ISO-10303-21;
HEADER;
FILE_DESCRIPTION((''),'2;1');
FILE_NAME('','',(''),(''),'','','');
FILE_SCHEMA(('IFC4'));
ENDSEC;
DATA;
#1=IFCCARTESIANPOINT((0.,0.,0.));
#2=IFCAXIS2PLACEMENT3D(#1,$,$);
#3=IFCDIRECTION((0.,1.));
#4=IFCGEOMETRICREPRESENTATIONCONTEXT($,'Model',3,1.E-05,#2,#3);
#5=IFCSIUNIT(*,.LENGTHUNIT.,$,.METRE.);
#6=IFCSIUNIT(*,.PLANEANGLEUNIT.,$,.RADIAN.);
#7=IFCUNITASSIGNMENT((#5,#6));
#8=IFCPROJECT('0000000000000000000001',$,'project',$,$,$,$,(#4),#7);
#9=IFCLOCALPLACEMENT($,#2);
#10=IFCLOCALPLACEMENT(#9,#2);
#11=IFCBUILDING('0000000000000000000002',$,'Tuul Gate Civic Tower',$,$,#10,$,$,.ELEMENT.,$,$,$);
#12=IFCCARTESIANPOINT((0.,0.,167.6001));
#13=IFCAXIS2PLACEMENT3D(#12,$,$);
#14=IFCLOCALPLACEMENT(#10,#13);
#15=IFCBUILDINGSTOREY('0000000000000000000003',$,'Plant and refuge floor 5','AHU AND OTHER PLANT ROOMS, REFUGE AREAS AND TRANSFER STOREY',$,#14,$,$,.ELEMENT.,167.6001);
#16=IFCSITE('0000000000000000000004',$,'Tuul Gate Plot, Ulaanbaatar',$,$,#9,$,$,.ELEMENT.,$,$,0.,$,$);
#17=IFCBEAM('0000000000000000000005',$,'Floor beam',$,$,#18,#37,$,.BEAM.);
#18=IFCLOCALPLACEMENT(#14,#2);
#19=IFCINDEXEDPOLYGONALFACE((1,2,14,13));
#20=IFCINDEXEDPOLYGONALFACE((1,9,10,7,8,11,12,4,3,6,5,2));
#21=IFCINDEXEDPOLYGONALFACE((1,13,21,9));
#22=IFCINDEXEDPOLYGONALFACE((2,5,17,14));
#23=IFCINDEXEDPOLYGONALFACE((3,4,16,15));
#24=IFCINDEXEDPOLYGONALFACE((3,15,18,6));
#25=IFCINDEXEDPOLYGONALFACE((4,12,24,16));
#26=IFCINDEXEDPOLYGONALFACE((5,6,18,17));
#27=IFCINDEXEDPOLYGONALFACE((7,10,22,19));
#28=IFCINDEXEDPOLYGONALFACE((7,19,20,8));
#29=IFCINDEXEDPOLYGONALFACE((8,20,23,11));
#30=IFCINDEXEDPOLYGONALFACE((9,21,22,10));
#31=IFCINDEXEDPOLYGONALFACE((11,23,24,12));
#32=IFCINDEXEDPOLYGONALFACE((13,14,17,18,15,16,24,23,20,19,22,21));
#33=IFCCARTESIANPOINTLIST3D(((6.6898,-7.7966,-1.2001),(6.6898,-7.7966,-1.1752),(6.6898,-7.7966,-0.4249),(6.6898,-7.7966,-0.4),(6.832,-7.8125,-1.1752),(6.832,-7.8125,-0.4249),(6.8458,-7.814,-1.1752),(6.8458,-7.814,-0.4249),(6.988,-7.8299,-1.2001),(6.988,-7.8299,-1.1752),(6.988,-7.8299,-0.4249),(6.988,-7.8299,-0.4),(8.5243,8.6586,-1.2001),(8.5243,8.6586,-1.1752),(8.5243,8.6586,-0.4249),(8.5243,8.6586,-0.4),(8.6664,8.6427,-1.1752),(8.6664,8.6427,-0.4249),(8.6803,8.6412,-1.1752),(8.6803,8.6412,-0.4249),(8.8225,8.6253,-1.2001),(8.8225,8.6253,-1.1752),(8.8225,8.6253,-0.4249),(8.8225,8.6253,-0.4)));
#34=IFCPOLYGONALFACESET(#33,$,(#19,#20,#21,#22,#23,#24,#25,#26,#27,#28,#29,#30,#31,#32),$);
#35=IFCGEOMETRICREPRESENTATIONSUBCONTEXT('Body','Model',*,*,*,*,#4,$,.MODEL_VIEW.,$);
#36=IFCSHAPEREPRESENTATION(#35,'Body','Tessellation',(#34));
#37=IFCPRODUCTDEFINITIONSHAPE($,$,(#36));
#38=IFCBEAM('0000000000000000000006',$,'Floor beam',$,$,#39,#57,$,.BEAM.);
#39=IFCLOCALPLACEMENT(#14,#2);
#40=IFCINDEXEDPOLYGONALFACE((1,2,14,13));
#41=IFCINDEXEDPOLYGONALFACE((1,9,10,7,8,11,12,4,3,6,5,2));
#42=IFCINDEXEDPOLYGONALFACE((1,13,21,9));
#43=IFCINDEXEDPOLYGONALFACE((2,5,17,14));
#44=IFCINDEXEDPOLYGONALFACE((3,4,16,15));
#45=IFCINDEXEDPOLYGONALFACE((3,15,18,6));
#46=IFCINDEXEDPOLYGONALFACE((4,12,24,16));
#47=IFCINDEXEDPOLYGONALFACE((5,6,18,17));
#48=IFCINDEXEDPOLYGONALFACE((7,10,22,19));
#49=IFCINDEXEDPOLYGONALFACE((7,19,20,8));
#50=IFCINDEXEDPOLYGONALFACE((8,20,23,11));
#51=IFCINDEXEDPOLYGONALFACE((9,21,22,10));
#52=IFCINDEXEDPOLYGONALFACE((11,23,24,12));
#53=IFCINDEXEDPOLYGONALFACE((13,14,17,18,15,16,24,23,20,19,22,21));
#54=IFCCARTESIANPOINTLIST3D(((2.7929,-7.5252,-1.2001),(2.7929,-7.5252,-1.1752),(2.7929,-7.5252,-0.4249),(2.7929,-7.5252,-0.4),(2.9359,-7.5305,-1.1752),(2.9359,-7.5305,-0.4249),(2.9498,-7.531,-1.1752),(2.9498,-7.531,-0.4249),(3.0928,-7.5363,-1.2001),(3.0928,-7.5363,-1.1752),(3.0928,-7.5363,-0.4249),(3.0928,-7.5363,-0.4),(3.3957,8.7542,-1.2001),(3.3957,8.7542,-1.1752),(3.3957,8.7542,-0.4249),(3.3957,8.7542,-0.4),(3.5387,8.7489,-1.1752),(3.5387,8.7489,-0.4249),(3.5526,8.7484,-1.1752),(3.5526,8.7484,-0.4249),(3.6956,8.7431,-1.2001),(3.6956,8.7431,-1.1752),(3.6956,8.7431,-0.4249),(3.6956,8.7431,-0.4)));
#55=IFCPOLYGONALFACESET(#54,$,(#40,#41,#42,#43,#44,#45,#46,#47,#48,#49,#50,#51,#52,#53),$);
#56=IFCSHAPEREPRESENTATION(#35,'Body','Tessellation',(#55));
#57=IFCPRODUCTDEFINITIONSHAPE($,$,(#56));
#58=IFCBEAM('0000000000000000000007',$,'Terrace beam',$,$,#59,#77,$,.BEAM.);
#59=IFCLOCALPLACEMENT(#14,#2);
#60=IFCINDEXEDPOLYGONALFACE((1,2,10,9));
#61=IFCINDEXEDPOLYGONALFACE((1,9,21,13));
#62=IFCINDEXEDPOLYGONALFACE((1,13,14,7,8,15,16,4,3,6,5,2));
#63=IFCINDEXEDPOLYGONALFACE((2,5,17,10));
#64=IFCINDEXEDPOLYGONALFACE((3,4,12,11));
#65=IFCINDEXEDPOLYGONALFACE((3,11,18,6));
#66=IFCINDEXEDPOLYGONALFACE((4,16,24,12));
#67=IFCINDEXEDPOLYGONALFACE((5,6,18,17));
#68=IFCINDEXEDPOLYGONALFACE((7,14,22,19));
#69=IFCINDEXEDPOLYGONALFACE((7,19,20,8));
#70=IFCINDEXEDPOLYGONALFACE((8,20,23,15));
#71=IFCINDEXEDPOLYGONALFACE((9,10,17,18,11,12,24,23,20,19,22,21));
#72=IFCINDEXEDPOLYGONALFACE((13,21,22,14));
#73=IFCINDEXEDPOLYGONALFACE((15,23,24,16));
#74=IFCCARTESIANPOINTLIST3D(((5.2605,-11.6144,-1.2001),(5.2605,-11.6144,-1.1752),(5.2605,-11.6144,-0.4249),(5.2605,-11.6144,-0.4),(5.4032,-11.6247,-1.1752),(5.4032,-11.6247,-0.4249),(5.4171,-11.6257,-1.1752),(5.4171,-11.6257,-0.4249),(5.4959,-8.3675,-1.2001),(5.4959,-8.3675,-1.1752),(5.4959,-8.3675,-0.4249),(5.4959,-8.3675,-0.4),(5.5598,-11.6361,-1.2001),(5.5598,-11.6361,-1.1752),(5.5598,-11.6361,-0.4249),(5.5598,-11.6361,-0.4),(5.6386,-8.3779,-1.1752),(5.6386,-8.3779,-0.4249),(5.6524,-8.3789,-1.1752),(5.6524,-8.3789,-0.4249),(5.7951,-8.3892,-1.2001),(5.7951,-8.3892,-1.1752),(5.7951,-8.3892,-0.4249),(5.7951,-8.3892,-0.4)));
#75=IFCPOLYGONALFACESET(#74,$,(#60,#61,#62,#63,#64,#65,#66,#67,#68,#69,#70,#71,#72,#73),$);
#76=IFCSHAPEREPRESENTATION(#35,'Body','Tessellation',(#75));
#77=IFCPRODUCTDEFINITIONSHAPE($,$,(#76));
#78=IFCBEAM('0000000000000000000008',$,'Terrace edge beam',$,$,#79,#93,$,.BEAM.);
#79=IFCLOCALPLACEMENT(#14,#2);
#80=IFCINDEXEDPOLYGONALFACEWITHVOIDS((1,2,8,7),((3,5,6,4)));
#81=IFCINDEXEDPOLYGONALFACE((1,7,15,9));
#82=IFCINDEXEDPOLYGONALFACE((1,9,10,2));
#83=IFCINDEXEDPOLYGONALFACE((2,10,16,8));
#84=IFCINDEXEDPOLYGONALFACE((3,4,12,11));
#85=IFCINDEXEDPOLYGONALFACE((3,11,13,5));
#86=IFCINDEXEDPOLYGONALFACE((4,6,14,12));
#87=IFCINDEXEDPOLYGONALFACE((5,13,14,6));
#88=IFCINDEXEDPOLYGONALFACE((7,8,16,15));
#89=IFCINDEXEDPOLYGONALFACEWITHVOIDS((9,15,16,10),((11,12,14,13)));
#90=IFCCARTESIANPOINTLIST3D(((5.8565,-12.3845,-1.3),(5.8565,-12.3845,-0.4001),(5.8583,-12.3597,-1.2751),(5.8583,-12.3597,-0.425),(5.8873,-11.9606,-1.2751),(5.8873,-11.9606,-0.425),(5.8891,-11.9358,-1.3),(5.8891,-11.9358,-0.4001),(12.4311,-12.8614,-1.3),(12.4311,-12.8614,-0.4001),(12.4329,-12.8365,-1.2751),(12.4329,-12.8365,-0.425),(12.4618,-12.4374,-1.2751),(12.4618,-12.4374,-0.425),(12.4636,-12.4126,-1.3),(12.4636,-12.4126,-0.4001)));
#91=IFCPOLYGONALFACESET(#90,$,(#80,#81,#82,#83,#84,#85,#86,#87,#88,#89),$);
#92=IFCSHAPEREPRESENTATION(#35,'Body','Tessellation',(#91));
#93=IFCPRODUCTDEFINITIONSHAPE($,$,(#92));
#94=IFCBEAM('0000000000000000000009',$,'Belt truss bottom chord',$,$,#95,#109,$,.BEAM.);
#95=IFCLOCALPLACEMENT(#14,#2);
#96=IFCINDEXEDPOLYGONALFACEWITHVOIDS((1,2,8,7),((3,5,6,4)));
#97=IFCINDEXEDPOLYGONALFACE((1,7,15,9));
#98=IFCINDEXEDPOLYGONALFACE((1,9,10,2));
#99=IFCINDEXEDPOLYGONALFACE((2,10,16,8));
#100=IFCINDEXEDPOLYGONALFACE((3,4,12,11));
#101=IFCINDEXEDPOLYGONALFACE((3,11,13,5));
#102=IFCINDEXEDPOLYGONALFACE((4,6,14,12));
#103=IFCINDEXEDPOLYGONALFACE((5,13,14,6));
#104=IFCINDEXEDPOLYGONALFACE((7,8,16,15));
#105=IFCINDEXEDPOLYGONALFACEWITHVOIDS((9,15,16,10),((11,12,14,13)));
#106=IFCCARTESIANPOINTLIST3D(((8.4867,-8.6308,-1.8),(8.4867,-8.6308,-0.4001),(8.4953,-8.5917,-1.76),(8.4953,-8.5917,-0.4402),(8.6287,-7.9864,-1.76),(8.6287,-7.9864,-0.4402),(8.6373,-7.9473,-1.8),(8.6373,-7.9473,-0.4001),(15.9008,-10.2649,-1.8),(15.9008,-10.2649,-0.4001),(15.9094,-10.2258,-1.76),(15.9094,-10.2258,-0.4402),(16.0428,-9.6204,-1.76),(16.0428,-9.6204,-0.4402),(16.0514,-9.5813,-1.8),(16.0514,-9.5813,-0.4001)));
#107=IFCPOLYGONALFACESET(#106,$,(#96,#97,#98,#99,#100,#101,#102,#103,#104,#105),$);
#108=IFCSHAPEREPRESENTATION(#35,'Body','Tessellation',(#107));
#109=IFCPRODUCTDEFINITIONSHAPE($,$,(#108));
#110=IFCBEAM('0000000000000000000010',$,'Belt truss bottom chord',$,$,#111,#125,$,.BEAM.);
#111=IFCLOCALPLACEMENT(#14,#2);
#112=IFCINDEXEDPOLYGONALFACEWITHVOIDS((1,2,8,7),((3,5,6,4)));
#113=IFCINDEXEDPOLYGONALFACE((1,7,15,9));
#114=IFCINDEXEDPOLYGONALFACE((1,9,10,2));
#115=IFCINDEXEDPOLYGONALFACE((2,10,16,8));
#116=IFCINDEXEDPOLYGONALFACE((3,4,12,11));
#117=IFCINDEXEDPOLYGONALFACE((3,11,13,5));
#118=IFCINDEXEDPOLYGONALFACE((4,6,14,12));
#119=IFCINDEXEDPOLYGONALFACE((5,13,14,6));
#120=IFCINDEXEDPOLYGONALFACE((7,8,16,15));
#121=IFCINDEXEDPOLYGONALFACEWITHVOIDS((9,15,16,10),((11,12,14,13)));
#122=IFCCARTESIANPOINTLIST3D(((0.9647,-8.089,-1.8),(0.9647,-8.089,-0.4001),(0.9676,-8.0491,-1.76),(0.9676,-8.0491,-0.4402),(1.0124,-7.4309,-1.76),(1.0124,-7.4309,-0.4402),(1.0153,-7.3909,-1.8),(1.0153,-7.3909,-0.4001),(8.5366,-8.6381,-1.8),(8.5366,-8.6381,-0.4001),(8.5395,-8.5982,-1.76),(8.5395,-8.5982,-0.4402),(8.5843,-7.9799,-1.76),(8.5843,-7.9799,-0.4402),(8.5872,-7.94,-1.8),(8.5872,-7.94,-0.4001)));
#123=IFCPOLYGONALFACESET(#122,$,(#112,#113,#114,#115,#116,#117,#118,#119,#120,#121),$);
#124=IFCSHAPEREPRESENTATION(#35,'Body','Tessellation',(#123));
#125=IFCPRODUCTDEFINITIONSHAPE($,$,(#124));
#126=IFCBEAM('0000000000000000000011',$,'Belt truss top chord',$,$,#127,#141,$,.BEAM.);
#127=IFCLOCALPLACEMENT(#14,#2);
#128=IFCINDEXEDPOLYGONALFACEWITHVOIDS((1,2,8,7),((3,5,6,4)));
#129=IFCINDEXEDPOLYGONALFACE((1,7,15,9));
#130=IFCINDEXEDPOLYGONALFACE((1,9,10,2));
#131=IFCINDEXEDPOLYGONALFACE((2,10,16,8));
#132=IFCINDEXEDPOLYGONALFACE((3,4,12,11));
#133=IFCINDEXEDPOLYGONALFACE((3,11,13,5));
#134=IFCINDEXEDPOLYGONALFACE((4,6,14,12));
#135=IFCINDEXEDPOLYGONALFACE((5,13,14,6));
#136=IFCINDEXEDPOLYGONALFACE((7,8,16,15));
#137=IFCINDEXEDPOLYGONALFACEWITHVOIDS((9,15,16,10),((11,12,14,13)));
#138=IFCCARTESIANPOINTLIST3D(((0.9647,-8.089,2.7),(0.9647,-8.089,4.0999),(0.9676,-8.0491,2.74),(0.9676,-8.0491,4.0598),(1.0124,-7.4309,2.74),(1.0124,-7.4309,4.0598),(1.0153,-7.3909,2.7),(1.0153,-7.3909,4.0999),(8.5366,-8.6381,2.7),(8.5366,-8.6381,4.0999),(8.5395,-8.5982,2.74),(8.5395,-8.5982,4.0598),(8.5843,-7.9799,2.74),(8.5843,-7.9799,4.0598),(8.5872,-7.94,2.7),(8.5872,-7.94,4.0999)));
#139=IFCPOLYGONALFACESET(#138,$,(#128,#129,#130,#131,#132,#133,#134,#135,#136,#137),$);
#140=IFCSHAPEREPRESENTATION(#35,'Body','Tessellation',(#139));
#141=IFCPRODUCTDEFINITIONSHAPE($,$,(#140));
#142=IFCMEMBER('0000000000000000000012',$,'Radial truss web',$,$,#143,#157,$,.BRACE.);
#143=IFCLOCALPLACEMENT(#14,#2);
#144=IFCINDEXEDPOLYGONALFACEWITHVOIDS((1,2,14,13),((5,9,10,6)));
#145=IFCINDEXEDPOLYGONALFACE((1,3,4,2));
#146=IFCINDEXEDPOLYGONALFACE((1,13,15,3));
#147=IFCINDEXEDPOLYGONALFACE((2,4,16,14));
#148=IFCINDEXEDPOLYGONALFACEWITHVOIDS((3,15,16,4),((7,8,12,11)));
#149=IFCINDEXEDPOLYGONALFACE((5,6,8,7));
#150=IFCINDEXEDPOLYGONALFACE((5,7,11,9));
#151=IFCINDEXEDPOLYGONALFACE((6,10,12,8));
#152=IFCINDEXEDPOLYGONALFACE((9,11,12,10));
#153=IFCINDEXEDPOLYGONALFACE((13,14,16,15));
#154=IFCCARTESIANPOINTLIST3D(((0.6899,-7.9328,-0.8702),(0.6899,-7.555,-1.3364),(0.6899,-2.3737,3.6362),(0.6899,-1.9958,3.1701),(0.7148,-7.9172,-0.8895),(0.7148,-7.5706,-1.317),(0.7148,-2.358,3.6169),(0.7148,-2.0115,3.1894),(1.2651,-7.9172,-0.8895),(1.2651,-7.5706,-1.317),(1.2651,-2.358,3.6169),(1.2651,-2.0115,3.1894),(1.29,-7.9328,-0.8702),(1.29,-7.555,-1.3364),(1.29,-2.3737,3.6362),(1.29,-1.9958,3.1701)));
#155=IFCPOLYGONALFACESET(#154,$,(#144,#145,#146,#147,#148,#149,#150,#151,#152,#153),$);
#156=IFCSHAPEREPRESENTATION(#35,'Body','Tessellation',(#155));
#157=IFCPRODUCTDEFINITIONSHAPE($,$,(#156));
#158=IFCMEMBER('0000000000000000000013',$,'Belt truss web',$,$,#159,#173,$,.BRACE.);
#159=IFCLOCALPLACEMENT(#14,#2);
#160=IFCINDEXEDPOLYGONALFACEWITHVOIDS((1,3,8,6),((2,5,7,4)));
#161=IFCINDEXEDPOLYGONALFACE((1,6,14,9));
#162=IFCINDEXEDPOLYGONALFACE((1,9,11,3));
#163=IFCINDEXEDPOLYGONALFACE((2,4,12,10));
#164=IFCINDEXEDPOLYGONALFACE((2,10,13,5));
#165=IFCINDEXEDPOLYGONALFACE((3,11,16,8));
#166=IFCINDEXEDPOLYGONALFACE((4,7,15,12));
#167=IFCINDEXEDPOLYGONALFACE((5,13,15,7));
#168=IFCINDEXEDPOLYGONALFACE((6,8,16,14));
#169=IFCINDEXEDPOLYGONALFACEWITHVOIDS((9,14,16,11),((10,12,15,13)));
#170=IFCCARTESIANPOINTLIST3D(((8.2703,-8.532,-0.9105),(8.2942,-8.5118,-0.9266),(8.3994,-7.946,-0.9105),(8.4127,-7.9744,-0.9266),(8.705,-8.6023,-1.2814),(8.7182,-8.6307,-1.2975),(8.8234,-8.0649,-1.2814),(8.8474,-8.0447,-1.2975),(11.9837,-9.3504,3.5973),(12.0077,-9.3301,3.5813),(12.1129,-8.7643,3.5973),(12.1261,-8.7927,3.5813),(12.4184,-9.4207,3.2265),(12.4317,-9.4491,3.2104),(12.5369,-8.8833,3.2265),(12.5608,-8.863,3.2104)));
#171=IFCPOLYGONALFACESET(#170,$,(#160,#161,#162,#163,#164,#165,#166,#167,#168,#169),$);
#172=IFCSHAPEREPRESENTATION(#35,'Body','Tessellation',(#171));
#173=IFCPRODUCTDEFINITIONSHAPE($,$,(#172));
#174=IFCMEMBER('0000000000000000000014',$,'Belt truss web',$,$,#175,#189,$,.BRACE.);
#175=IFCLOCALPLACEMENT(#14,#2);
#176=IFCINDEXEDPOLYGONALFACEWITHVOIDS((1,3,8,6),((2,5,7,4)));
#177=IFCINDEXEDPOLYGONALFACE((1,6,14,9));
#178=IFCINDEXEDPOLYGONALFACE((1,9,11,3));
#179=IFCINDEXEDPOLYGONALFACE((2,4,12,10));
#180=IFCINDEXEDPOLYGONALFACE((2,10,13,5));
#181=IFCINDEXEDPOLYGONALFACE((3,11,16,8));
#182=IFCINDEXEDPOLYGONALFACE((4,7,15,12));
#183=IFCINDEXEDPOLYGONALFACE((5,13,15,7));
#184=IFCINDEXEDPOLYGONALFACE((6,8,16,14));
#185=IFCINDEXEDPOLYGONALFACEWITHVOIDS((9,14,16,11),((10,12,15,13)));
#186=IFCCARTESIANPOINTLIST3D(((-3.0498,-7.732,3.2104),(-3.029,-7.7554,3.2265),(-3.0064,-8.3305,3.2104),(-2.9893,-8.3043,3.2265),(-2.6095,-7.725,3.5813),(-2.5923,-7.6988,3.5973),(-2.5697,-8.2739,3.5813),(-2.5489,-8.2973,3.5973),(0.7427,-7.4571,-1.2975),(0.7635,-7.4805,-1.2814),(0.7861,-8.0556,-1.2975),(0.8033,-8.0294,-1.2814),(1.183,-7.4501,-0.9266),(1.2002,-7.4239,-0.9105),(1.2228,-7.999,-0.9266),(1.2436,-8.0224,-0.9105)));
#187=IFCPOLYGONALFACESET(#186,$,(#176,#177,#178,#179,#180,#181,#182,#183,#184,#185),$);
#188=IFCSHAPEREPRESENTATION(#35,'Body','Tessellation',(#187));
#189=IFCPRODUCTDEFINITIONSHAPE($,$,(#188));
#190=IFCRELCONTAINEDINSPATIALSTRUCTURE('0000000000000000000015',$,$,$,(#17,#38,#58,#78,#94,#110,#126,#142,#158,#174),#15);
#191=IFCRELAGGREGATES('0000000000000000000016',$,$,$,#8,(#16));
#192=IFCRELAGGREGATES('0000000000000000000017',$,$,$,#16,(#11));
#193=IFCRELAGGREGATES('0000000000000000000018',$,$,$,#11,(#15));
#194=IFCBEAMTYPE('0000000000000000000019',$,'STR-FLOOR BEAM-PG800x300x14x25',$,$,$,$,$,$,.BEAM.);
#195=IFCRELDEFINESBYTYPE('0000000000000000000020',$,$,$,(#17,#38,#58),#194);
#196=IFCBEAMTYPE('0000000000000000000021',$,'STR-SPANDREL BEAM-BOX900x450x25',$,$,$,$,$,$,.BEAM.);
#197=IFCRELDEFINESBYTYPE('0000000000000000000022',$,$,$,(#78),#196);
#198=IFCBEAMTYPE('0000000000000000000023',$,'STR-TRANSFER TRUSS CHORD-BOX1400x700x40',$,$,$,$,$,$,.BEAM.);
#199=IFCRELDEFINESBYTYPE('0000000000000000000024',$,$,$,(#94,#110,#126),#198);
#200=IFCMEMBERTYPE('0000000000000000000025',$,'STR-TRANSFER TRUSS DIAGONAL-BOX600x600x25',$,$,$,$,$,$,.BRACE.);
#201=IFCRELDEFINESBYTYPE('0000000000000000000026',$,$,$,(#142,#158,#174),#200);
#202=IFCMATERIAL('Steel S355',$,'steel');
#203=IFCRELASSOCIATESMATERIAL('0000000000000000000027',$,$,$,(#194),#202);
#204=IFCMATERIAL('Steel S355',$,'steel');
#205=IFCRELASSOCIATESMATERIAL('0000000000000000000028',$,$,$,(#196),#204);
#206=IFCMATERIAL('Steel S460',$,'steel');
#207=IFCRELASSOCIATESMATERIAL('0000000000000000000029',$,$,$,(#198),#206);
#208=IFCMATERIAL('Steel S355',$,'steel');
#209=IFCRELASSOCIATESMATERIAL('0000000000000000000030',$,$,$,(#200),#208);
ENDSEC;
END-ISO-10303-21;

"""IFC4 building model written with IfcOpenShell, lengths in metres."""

from ifc_helpers import new_model, si_unit, direction, frame, origin, origin_2d, place, context, subcontext, project, spatial, hollow_rectangle, i_section, extrude, material, material_profile, profile_set, type_object, element, save


model = new_model("IFC4")

# Units and contexts
model_context = context("Model", 3, precision=1e-05, world=origin(), true_north=direction((0.0, 1.0)))
body_context = subcontext(model_context, "Body", "Model", "MODEL_VIEW")
ifc_project = project(units=[si_unit("LENGTHUNIT", "METRE"), si_unit("PLANEANGLEUNIT", "RADIAN")], contexts=[model_context])

# Site, building, storey
site_placement = place(None, origin())
site = spatial("IfcSite", under=ifc_project, at=site_placement, Name="Tuul Gate Plot, Ulaanbaatar", CompositionType="ELEMENT", RefElevation=0.0)
building_placement = place(site_placement, origin())
building = spatial("IfcBuilding", under=site, at=building_placement, Name="Tuul Gate Civic Tower", CompositionType="ELEMENT")
storey_placement = place(building_placement, frame((0.0, 0.0, 167.6001)))
storey = spatial("IfcBuildingStorey", under=building, at=storey_placement, Name="Plant and refuge floor 5", Description="AHU AND OTHER PLANT ROOMS, REFUGE AREAS AND TRANSFER STOREY", CompositionType="ELEMENT", Elevation=167.6001)

# Beams
ifc_material_1 = material(Name="Steel S355", Category="steel")
ifc_material_profile_1 = material_profile(ifc_material_1, i_section(OverallWidth=0.3, OverallDepth=0.8, WebThickness=0.0139, FlangeThickness=0.0249, at=origin_2d()), Name="PG800x300x14x25")
ifc_profile_set_1 = profile_set([ifc_material_profile_1], Name="Steel S355")
beam_type_1 = type_object("IfcBeamType", Name="STR-FLOOR BEAM-PG800x300x14x25", PredefinedType="BEAM", material=ifc_profile_set_1)
beam_1_placement = place(storey_placement, frame((6.8389, -7.8132, -0.8), z_axis=(0.110797, 0.993843, 0.0), x_axis=(-0.993843, 0.110797, 0.0)))
element("IfcBeam", 1, at=beam_1_placement, inside=storey, type_object=beam_type_1, Name="Floor beam", PredefinedType="BEAM", context=body_context, shape_type="SweptSolid", body=[
    extrude(i_section(OverallWidth=0.3, OverallDepth=0.8, WebThickness=0.0139, FlangeThickness=0.0249, at=origin_2d()), origin(), (0.0, 0.0, 1.0), 16.5571),
])
beam_2_placement = place(storey_placement, frame((2.9429, -7.5308, -0.8), z_axis=(0.037002, 0.999315, 0.0), x_axis=(-0.999315, 0.037002, 0.0)))
element("IfcBeam", 2, at=beam_2_placement, inside=storey, type_object=beam_type_1, Name="Floor beam", PredefinedType="BEAM", context=body_context, shape_type="SweptSolid", body=[
    extrude(i_section(OverallWidth=0.3, OverallDepth=0.8, WebThickness=0.0139, FlangeThickness=0.0249, at=origin_2d()), origin(), (0.0, 0.0, 1.0), 16.2905),
])
beam_3_placement = place(storey_placement, frame((5.4102, -11.6252, -0.8), z_axis=(0.072297, 0.997383, 0.0), x_axis=(-0.997383, 0.072297, 0.0)))
element("IfcBeam", 3, at=beam_3_placement, inside=storey, type_object=beam_type_1, Name="Terrace beam", PredefinedType="BEAM", context=body_context, shape_type="SweptSolid", body=[
    extrude(i_section(OverallWidth=0.3, OverallDepth=0.8, WebThickness=0.0139, FlangeThickness=0.0249, at=origin_2d()), origin(), (0.0, 0.0, 1.0), 3.2554),
])
ifc_material_2 = material(Name="Steel S355", Category="steel")
ifc_material_profile_2 = material_profile(ifc_material_2, hollow_rectangle(XDim=0.45, YDim=0.8999, WallThickness=0.0249, at=origin_2d()), Name="BOX900x450x25")
ifc_profile_set_2 = profile_set([ifc_material_profile_2], Name="Steel S355")
beam_type_2 = type_object("IfcBeamType", Name="STR-SPANDREL BEAM-BOX900x450x25", PredefinedType="BEAM", material=ifc_profile_set_2)
beam_4_placement = place(storey_placement, frame((5.8728, -12.1602, -0.8501), z_axis=(0.99738, -0.072334, 0.0), x_axis=(0.072334, 0.99738, 0.0)))
element("IfcBeam", 4, at=beam_4_placement, inside=storey, type_object=beam_type_2, Name="Terrace edge beam", PredefinedType="BEAM", context=body_context, shape_type="SweptSolid", body=[
    extrude(hollow_rectangle(XDim=0.45, YDim=0.8999, WallThickness=0.0249, at=origin_2d()), origin(), (0.0, 0.0, 1.0), 6.5918),
])
ifc_material_3 = material(Name="Steel S460", Category="steel")
ifc_material_profile_3 = material_profile(ifc_material_3, hollow_rectangle(XDim=0.7, YDim=1.3999, WallThickness=0.04, at=origin_2d()), Name="BOX1400x700x40")
ifc_profile_set_3 = profile_set([ifc_material_profile_3], Name="Steel S460")
beam_type_3 = type_object("IfcBeamType", Name="STR-TRANSFER TRUSS CHORD-BOX1400x700x40", PredefinedType="BEAM", material=ifc_profile_set_3)
beam_5_placement = place(storey_placement, frame((8.562, -8.2891, -1.1001), z_axis=(0.976563, -0.215231, 0.0), x_axis=(0.215231, 0.976563, 0.0)))
element("IfcBeam", 5, at=beam_5_placement, inside=storey, type_object=beam_type_3, Name="Belt truss bottom chord", PredefinedType="BEAM", context=body_context, shape_type="SweptSolid", body=[
    extrude(hollow_rectangle(XDim=0.7, YDim=1.3999, WallThickness=0.04, at=origin_2d()), origin(), (0.0, 0.0, 1.0), 7.592),
])
for number, where, z_axis, x_axis, name in (
    (6, (0.99, -7.74, -1.1001), (0.997381, -0.072323, 0.0), (0.072323, 0.997381, 0.0), "Belt truss bottom chord"),
    (7, (0.99, -7.74, 3.3999), (0.997381, -0.072323, 0.0), (0.072323, 0.997381, 0.0), "Belt truss top chord"),
):
    element("IfcBeam", number, at=place(storey_placement, frame(where, z_axis=z_axis, x_axis=x_axis)), inside=storey, type_object=beam_type_3, Name=name, PredefinedType="BEAM", context=body_context, shape_type="SweptSolid", body=[
        extrude(hollow_rectangle(XDim=0.7, YDim=1.3999, WallThickness=0.04, at=origin_2d()), origin(), (0.0, 0.0, 1.0), 7.5918),
    ])

# Members
ifc_material_4 = material(Name="Steel S355", Category="steel")
ifc_material_profile_4 = material_profile(ifc_material_4, hollow_rectangle(XDim=0.6001, YDim=0.6001, WallThickness=0.0249, at=origin_2d()), Name="BOX600x600x25")
ifc_profile_set_4 = profile_set([ifc_material_profile_4], Name="Steel S355")
member_type_1 = type_object("IfcMemberType", Name="STR-TRANSFER TRUSS DIAGONAL-BOX600x600x25", PredefinedType="BRACE", material=ifc_profile_set_4)
member_1_placement = place(storey_placement, frame((0.99, -7.7439, -1.1033), z_axis=(0.0, 0.776825, 0.629716), x_axis=(-1.0, 0.0, 0.0)))
element("IfcMember", 8, at=member_1_placement, inside=storey, type_object=member_type_1, Name="Radial truss web", PredefinedType="BRACE", context=body_context, shape_type="SweptSolid", body=[
    extrude(hollow_rectangle(XDim=0.6001, YDim=0.6001, WallThickness=0.0249, at=origin_2d()), origin(), (0.0, 0.0, 1.0), 7.1562),
])
for number, where, z_axis, x_axis, name in (
    (9, (8.5588, -8.2883, -1.104), (0.629664, -0.138766, 0.764373), (0.215217, 0.976566, 0.0), "Belt truss web"),
    (10, (0.9932, -7.7397, -1.104), (-0.643081, -0.046614, 0.764378), (0.072296, -0.997383, 0.0), "Belt truss web"),
):
    element("IfcMember", number, at=place(storey_placement, frame(where, z_axis=z_axis, x_axis=x_axis)), inside=storey, type_object=member_type_1, Name=name, PredefinedType="BRACE", context=body_context, shape_type="SweptSolid", body=[
        extrude(hollow_rectangle(XDim=0.6001, YDim=0.6001, WallThickness=0.0249, at=origin_2d()), origin(), (0.0, 0.0, 1.0), 5.8975),
    ])

save(model, "model.ifc")
